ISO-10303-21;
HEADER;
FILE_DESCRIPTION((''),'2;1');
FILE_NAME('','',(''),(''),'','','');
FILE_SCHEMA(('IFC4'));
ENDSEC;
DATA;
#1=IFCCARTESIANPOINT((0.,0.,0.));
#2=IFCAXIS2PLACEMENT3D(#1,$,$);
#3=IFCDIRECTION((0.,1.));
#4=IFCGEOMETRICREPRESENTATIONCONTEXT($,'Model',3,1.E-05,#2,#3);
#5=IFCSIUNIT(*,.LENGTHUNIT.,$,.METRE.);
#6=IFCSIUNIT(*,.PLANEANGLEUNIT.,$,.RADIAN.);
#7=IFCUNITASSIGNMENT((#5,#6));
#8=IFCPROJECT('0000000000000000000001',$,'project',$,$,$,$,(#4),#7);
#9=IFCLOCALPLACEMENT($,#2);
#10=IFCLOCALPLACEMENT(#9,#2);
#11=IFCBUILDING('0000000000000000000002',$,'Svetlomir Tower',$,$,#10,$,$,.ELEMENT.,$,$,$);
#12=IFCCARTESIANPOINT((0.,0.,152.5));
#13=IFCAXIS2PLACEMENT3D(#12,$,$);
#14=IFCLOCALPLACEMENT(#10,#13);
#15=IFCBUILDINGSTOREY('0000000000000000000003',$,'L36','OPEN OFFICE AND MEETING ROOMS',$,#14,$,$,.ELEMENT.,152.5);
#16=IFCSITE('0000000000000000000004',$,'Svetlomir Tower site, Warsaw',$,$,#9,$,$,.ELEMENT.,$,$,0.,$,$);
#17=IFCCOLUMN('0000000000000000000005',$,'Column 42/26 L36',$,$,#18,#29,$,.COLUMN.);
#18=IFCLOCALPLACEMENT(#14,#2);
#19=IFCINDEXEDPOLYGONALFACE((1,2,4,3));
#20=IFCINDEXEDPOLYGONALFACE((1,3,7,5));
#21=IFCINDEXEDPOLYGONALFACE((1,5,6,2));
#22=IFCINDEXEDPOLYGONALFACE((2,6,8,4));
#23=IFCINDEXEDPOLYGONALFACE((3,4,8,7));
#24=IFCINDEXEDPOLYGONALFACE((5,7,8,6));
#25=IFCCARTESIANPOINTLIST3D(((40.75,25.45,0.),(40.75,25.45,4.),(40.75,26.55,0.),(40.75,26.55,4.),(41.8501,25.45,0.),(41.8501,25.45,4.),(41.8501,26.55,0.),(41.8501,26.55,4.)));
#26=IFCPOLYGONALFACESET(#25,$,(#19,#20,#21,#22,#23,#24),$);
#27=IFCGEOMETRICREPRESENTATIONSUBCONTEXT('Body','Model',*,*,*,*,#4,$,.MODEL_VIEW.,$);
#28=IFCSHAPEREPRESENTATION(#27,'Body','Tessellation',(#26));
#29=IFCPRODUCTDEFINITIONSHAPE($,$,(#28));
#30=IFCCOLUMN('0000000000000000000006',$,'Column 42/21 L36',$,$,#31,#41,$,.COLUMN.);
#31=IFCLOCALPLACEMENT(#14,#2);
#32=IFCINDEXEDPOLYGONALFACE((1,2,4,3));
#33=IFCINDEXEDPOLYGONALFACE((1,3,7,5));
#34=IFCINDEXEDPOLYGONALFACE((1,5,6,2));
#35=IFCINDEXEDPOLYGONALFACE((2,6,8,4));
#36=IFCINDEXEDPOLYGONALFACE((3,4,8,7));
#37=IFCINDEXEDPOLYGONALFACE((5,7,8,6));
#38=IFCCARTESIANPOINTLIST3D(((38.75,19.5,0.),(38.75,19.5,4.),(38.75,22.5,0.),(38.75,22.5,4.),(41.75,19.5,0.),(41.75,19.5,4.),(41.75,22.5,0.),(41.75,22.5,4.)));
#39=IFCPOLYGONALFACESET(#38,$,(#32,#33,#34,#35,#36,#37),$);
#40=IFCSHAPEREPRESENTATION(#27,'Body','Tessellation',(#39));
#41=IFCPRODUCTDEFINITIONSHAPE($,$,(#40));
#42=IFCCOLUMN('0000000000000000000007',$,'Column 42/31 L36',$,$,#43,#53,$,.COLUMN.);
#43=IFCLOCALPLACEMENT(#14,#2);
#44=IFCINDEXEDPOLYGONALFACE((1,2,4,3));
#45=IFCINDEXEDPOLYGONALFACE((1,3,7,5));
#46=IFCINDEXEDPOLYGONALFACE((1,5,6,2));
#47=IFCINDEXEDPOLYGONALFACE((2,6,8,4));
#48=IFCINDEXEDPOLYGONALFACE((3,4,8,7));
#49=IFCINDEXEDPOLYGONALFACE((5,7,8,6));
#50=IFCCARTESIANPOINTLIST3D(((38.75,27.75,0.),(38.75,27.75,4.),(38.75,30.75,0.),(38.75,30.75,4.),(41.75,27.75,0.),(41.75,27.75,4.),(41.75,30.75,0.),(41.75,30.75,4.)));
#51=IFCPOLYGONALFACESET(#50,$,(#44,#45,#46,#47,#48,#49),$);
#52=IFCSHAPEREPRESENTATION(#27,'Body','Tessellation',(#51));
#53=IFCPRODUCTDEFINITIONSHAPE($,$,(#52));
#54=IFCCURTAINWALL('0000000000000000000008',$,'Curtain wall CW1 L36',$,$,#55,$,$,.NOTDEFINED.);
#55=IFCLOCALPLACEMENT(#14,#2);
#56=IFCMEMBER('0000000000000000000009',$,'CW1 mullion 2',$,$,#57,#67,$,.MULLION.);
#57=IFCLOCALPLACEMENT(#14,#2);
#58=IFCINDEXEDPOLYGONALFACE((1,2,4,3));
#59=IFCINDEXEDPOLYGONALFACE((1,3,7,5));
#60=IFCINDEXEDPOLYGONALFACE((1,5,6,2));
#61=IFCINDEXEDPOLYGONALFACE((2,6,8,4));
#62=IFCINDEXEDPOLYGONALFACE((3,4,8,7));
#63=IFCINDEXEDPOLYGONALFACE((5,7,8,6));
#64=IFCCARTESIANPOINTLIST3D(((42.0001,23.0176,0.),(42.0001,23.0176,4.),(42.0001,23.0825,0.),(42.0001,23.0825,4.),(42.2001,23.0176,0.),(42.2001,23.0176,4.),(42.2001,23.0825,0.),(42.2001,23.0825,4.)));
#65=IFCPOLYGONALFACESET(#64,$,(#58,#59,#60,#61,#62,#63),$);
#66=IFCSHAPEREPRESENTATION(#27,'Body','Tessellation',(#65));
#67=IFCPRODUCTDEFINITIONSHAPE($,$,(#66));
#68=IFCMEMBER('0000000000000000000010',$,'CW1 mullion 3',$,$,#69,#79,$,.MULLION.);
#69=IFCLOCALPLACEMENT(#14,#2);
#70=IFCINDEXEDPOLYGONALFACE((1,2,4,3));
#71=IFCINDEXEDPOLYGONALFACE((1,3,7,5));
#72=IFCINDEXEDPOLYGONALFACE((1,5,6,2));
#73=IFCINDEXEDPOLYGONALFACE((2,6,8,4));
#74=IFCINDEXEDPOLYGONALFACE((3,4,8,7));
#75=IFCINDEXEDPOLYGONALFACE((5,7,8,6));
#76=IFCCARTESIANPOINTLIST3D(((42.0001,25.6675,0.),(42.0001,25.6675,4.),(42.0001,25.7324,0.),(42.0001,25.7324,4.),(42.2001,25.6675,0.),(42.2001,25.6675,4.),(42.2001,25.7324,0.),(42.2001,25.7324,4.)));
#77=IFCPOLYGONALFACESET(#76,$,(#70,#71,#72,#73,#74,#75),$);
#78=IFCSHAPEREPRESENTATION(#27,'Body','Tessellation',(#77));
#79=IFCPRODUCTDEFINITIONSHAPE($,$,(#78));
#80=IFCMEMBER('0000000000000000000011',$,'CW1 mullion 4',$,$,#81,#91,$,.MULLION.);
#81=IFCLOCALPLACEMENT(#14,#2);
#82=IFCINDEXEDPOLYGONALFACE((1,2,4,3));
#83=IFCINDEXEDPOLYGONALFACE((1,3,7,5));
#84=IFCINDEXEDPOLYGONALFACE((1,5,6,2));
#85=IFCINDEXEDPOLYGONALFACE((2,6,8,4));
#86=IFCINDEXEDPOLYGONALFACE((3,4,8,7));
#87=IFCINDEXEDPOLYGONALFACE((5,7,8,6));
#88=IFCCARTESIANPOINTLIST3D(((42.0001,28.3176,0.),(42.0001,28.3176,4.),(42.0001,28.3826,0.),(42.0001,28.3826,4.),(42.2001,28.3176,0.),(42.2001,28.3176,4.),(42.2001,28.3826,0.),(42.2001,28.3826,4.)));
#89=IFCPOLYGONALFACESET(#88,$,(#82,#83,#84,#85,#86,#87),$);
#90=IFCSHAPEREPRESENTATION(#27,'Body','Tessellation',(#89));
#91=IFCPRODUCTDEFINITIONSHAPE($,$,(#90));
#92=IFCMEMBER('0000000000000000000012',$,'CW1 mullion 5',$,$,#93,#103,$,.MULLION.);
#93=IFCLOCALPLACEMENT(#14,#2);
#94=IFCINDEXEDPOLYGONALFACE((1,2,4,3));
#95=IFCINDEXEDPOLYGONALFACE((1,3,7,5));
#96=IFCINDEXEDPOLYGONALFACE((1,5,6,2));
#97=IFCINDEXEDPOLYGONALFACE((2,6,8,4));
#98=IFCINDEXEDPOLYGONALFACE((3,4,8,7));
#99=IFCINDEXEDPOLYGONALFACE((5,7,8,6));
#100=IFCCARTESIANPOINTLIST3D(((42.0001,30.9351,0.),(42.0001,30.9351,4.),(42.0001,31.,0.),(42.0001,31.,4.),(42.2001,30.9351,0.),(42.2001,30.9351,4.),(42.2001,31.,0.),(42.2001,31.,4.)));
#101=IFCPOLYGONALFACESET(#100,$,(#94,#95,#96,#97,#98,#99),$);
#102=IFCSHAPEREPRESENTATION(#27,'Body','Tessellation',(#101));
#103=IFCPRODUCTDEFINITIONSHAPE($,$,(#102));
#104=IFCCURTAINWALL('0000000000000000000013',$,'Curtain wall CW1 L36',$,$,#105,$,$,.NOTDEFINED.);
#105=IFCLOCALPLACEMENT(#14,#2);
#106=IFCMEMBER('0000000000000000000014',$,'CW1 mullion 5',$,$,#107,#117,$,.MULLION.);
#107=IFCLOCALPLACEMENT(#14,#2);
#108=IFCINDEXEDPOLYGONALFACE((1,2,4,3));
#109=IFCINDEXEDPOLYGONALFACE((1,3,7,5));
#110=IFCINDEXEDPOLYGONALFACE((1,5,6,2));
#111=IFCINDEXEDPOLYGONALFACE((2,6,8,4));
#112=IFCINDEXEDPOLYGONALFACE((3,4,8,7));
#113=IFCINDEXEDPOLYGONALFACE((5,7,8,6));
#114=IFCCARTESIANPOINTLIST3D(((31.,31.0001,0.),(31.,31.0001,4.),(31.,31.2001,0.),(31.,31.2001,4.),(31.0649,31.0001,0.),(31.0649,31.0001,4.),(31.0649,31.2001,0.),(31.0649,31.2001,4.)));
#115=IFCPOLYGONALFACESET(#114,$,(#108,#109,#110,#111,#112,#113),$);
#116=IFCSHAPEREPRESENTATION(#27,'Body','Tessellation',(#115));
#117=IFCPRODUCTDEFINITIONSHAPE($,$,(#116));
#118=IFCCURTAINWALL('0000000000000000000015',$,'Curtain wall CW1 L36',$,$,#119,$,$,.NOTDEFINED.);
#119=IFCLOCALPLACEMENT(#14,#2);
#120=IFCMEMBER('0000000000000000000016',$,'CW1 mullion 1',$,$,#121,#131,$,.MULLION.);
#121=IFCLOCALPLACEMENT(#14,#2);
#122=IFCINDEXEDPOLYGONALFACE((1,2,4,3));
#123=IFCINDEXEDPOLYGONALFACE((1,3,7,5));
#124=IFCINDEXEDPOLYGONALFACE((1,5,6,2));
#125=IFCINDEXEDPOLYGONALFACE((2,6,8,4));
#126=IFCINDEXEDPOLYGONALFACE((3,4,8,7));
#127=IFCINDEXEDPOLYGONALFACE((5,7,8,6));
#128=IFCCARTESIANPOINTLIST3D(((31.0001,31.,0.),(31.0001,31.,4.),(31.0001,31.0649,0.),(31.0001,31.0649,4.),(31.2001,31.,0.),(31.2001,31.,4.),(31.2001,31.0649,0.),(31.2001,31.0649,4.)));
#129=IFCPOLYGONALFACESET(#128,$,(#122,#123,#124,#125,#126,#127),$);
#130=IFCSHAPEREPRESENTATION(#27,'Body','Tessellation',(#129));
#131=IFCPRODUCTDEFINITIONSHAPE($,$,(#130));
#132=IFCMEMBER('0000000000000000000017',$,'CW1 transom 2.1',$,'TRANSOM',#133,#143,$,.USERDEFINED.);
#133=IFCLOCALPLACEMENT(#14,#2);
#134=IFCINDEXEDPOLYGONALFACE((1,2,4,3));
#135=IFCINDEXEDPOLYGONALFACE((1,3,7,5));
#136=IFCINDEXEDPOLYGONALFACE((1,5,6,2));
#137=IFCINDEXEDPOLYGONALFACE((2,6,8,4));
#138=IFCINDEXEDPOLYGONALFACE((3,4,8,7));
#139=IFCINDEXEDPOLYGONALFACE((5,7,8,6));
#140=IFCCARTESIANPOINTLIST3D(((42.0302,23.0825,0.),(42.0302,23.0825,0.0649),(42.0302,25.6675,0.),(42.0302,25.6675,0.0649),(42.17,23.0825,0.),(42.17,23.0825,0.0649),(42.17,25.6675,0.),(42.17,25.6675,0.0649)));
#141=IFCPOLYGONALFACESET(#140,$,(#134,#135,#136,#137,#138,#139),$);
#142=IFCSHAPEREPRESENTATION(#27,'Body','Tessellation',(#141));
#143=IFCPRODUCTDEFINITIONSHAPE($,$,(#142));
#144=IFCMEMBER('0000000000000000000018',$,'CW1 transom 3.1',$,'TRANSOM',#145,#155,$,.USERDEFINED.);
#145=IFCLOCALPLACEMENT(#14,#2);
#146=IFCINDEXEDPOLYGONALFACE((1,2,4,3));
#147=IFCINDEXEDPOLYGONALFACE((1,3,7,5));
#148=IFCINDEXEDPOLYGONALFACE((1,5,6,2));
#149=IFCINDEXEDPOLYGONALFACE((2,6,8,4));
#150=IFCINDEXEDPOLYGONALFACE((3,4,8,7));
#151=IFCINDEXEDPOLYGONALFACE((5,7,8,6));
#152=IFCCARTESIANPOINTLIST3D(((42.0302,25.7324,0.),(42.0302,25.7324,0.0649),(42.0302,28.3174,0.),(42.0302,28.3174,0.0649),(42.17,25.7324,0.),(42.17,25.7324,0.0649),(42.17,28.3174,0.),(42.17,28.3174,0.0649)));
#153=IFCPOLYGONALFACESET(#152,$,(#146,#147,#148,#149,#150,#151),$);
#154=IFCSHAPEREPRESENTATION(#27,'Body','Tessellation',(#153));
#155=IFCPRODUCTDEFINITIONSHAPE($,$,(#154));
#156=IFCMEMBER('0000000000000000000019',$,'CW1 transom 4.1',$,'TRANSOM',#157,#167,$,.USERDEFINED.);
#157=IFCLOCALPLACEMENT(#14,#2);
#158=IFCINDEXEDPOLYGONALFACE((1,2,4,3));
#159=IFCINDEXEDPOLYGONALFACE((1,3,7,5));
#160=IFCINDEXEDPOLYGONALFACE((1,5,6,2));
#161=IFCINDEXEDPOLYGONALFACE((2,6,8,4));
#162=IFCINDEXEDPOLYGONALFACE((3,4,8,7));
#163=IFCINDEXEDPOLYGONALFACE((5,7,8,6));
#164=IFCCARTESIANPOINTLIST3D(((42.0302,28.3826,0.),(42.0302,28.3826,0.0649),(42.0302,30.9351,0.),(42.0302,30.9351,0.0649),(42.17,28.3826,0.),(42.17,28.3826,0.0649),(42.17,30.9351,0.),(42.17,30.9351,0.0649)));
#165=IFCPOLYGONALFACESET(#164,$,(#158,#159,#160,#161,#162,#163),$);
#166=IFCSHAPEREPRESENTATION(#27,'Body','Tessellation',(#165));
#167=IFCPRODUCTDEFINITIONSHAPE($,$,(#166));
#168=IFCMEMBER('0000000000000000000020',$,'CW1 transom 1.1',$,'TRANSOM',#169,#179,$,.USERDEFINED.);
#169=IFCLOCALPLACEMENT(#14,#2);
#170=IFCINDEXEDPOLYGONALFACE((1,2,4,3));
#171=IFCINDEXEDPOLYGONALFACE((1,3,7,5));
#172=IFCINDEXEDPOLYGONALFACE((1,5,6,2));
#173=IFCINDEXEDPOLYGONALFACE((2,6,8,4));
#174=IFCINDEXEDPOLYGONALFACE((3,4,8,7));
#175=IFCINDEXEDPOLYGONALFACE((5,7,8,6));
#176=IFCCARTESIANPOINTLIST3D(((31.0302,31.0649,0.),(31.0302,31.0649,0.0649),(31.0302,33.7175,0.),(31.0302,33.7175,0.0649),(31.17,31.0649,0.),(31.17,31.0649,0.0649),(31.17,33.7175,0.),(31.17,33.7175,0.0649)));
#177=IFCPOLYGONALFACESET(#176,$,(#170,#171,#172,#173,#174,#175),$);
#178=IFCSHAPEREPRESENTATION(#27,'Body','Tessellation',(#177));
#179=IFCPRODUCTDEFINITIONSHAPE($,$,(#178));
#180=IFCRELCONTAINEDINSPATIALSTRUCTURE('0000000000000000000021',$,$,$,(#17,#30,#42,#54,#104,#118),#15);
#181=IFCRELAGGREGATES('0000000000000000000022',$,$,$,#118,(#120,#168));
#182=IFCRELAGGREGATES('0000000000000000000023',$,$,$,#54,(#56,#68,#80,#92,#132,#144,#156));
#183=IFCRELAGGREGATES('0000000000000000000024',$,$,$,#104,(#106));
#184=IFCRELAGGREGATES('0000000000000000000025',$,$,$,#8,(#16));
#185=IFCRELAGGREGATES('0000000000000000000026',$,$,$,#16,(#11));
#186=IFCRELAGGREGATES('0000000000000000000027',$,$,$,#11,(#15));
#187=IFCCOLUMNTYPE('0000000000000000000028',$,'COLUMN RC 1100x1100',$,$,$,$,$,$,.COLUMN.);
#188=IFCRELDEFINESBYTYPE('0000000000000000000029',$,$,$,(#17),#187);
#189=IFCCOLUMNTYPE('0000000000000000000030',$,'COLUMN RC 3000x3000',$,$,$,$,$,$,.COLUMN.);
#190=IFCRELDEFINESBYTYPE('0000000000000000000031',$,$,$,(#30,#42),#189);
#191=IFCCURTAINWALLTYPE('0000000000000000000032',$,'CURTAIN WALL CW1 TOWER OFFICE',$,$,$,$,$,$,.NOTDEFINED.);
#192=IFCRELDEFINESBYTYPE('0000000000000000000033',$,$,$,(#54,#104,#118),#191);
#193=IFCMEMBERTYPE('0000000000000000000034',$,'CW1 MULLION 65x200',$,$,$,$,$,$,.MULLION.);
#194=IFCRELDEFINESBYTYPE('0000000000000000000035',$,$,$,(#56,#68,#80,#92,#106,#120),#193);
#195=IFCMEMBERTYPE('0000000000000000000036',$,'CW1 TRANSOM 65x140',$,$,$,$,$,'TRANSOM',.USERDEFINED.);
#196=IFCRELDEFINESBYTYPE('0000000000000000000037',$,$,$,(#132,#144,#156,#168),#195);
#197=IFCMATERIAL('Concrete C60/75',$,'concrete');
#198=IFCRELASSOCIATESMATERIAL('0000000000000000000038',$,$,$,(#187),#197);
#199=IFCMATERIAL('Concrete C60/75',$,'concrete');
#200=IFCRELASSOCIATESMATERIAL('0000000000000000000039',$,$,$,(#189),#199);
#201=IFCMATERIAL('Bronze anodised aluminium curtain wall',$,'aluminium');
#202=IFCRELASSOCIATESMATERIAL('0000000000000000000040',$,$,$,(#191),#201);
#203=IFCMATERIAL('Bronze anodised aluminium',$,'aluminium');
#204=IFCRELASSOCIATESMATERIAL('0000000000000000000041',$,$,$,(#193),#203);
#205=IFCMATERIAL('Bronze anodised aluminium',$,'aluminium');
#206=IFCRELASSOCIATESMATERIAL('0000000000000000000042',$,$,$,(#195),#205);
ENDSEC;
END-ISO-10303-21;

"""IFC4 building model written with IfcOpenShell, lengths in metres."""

from ifc_helpers import new_model, si_unit, direction, frame, origin, origin_2d, place, context, subcontext, project, spatial, rectangle, extrude, material, material_profile, profile_set, type_object, element, aggregate, save


model = new_model("IFC4")

# Units and contexts
model_context = context("Model", 3, precision=1e-05, world=origin(), true_north=direction((0.0, 1.0)))
body_context = subcontext(model_context, "Body", "Model", "MODEL_VIEW")
ifc_project = project(units=[si_unit("LENGTHUNIT", "METRE"), si_unit("PLANEANGLEUNIT", "RADIAN")], contexts=[model_context])

# Site, building, storey
site_placement = place(None, origin())
site = spatial("IfcSite", under=ifc_project, at=site_placement, Name="Svetlomir Tower site, Warsaw", CompositionType="ELEMENT", RefElevation=0.0)
building_placement = place(site_placement, origin())
building = spatial("IfcBuilding", under=site, at=building_placement, Name="Svetlomir Tower", CompositionType="ELEMENT")
storey_placement = place(building_placement, frame((0.0, 0.0, 152.5)))
storey = spatial("IfcBuildingStorey", under=building, at=storey_placement, Name="L36", Description="OPEN OFFICE AND MEETING ROOMS", CompositionType="ELEMENT", Elevation=152.5)

# Columns
ifc_material_1 = material(Name="Concrete C60/75", Category="concrete")
ifc_material_profile_1 = material_profile(ifc_material_1, rectangle(XDim=1.1001, YDim=1.1001, at=origin_2d()), Name="RC 1100x1100")
ifc_profile_set_1 = profile_set([ifc_material_profile_1], Name="Concrete C60/75")
column_type_1 = type_object("IfcColumnType", Name="COLUMN RC 1100x1100", PredefinedType="COLUMN", material=ifc_profile_set_1)
column_placement = place(storey_placement, frame((41.3, 26.0, 0.0), z_axis=(0.0, 0.0, 1.0), x_axis=(1.0, 0.0, 0.0)))
element("IfcColumn", 1, at=column_placement, inside=storey, type_object=column_type_1, Name="Column 42/26 L36", PredefinedType="COLUMN", context=body_context, shape_type="SweptSolid", body=[
    extrude(rectangle(XDim=1.1001, YDim=1.1001, at=origin_2d()), origin(), (0.0, 0.0, 1.0), 4.0),
])
ifc_material_2 = material(Name="Concrete C60/75", Category="concrete")
ifc_material_profile_2 = material_profile(ifc_material_2, rectangle(XDim=3.0, YDim=3.0, at=origin_2d()), Name="RC 3000x3000")
ifc_profile_set_2 = profile_set([ifc_material_profile_2], Name="Concrete C60/75")
column_type_2 = type_object("IfcColumnType", Name="COLUMN RC 3000x3000", PredefinedType="COLUMN", material=ifc_profile_set_2)
for number, where, z_axis, x_axis, name in (
    (2, (40.25, 21.0, 0.0), (0.0, 0.0, 1.0), (1.0, 0.0, 0.0), "Column 42/21 L36"),
    (3, (40.25, 29.25, 0.0), (0.0, 0.0, 1.0), (1.0, 0.0, 0.0), "Column 42/31 L36"),
):
    element("IfcColumn", number, at=place(storey_placement, frame(where, z_axis=z_axis, x_axis=x_axis)), inside=storey, type_object=column_type_2, Name=name, PredefinedType="COLUMN", context=body_context, shape_type="SweptSolid", body=[
        extrude(rectangle(XDim=3.0, YDim=3.0, at=origin_2d()), origin(), (0.0, 0.0, 1.0), 4.0),
    ])

# Curtain wall, members
ifc_material_3 = material(Name="Bronze anodised aluminium curtain wall", Category="aluminium")
curtain_wall_type = type_object("IfcCurtainWallType", Name="CURTAIN WALL CW1 TOWER OFFICE", PredefinedType="NOTDEFINED", material=ifc_material_3)
curtain_wall_1_placement = place(storey_placement, origin())
curtain_wall_1 = element("IfcCurtainWall", 4, at=curtain_wall_1_placement, inside=storey, type_object=curtain_wall_type, Name="Curtain wall CW1 L36", PredefinedType="NOTDEFINED")
ifc_material_4 = material(Name="Bronze anodised aluminium", Category="aluminium")
ifc_material_profile_3 = material_profile(ifc_material_4, rectangle(XDim=0.0649, YDim=0.2, at=origin_2d()), Name="AL 65x200")
ifc_profile_set_3 = profile_set([ifc_material_profile_3], Name="Bronze anodised aluminium 6063-T6")
member_type_1 = type_object("IfcMemberType", Name="CW1 MULLION 65x200", PredefinedType="MULLION", material=ifc_profile_set_3)
member_1_placement = place(storey_placement, frame((42.1001, 23.05, 0.0), z_axis=(0.0, 0.0, 1.0), x_axis=(0.0, 1.0, 0.0)))
member_1 = element("IfcMember", 5, at=member_1_placement, type_object=member_type_1, Name="CW1 mullion 2", PredefinedType="MULLION", context=body_context, shape_type="SweptSolid", body=[
    extrude(rectangle(XDim=0.0649, YDim=0.2, at=origin_2d()), origin(), (0.0, 0.0, 1.0), 4.0),
])
member_2_placement = place(storey_placement, frame((42.1001, 25.7, 0.0), z_axis=(0.0, 0.0, 1.0), x_axis=(0.0, 1.0, 0.0)))
member_2 = element("IfcMember", 6, at=member_2_placement, type_object=member_type_1, Name="CW1 mullion 3", PredefinedType="MULLION", context=body_context, shape_type="SweptSolid", body=[
    extrude(rectangle(XDim=0.0649, YDim=0.2, at=origin_2d()), origin(), (0.0, 0.0, 1.0), 4.0),
])
member_3_placement = place(storey_placement, frame((42.1001, 28.3501, 0.0), z_axis=(0.0, 0.0, 1.0), x_axis=(0.0, 1.0, 0.0)))
member_3 = element("IfcMember", 7, at=member_3_placement, type_object=member_type_1, Name="CW1 mullion 4", PredefinedType="MULLION", context=body_context, shape_type="SweptSolid", body=[
    extrude(rectangle(XDim=0.0649, YDim=0.2, at=origin_2d()), origin(), (0.0, 0.0, 1.0), 4.0),
])
member_4_placement = place(storey_placement, frame((42.1001, 30.9675, 0.0), z_axis=(0.0, 0.0, 1.0), x_axis=(0.0, 1.0, 0.0)))
member_4 = element("IfcMember", 8, at=member_4_placement, type_object=member_type_1, Name="CW1 mullion 5", PredefinedType="MULLION", context=body_context, shape_type="SweptSolid", body=[
    extrude(rectangle(XDim=0.0649, YDim=0.2, at=origin_2d()), origin(), (0.0, 0.0, 1.0), 4.0),
])

# Curtain walls, members
curtain_wall_2_placement = place(storey_placement, origin())
curtain_wall_2 = element("IfcCurtainWall", 9, at=curtain_wall_2_placement, inside=storey, type_object=curtain_wall_type, Name="Curtain wall CW1 L36", PredefinedType="NOTDEFINED")
member_5_placement = place(storey_placement, frame((31.0325, 31.1001, 0.0), z_axis=(0.0, 0.0, 1.0), x_axis=(-1.0, 0.0, 0.0)))
member_5 = element("IfcMember", 10, at=member_5_placement, type_object=member_type_1, Name="CW1 mullion 5", PredefinedType="MULLION", context=body_context, shape_type="SweptSolid", body=[
    extrude(rectangle(XDim=0.0649, YDim=0.2, at=origin_2d()), origin(), (0.0, 0.0, 1.0), 4.0),
])
curtain_wall_3_placement = place(storey_placement, origin())
curtain_wall_3 = element("IfcCurtainWall", 11, at=curtain_wall_3_placement, inside=storey, type_object=curtain_wall_type, Name="Curtain wall CW1 L36", PredefinedType="NOTDEFINED")
member_6_placement = place(storey_placement, frame((31.1001, 31.0325, 0.0), z_axis=(0.0, 0.0, 1.0), x_axis=(0.0, 1.0, 0.0)))
member_6 = element("IfcMember", 12, at=member_6_placement, type_object=member_type_1, Name="CW1 mullion 1", PredefinedType="MULLION", context=body_context, shape_type="SweptSolid", body=[
    extrude(rectangle(XDim=0.0649, YDim=0.2, at=origin_2d()), origin(), (0.0, 0.0, 1.0), 4.0),
])

# Members
ifc_material_5 = material(Name="Bronze anodised aluminium", Category="aluminium")
ifc_material_profile_4 = material_profile(ifc_material_5, rectangle(XDim=0.1399, YDim=0.0649, at=origin_2d()), Name="AL 140x65")
ifc_profile_set_4 = profile_set([ifc_material_profile_4], Name="Bronze anodised aluminium 6063-T6")
member_type_2 = type_object("IfcMemberType", Name="CW1 TRANSOM 65x140", ElementType="TRANSOM", PredefinedType="USERDEFINED", material=ifc_profile_set_4)
member_7_placement = place(storey_placement, frame((42.1001, 23.0825, 0.0325), z_axis=(0.0, 1.0, 0.0), x_axis=(-1.0, 0.0, 0.0)))
member_7 = element("IfcMember", 13, at=member_7_placement, type_object=member_type_2, Name="CW1 transom 2.1", ObjectType="TRANSOM", PredefinedType="USERDEFINED", context=body_context, shape_type="SweptSolid", body=[
    extrude(rectangle(XDim=0.1399, YDim=0.0649, at=origin_2d()), origin(), (0.0, 0.0, 1.0), 2.585),
])
member_8_placement = place(storey_placement, frame((42.1001, 25.7324, 0.0325), z_axis=(0.0, 1.0, 0.0), x_axis=(-1.0, 0.0, 0.0)))
member_8 = element("IfcMember", 14, at=member_8_placement, type_object=member_type_2, Name="CW1 transom 3.1", ObjectType="TRANSOM", PredefinedType="USERDEFINED", context=body_context, shape_type="SweptSolid", body=[
    extrude(rectangle(XDim=0.1399, YDim=0.0649, at=origin_2d()), origin(), (0.0, 0.0, 1.0), 2.585),
])
member_9_placement = place(storey_placement, frame((42.1001, 28.3826, 0.0325), z_axis=(0.0, 1.0, 0.0), x_axis=(-1.0, 0.0, 0.0)))
member_9 = element("IfcMember", 15, at=member_9_placement, type_object=member_type_2, Name="CW1 transom 4.1", ObjectType="TRANSOM", PredefinedType="USERDEFINED", context=body_context, shape_type="SweptSolid", body=[
    extrude(rectangle(XDim=0.1399, YDim=0.0649, at=origin_2d()), origin(), (0.0, 0.0, 1.0), 2.5525),
])
member_10_placement = place(storey_placement, frame((31.1001, 31.0649, 0.0325), z_axis=(0.0, 1.0, 0.0), x_axis=(-1.0, 0.0, 0.0)))
member_10 = element("IfcMember", 16, at=member_10_placement, type_object=member_type_2, Name="CW1 transom 1.1", ObjectType="TRANSOM", PredefinedType="USERDEFINED", context=body_context, shape_type="SweptSolid", body=[
    extrude(rectangle(XDim=0.1399, YDim=0.0649, at=origin_2d()), origin(), (0.0, 0.0, 1.0), 2.6526),
])
aggregate(curtain_wall_3, [member_6, member_10])

aggregate(curtain_wall_1, [member_1, member_2, member_3, member_4, member_7, member_8, member_9])
aggregate(curtain_wall_2, [member_5])

save(model, "model.ifc")
